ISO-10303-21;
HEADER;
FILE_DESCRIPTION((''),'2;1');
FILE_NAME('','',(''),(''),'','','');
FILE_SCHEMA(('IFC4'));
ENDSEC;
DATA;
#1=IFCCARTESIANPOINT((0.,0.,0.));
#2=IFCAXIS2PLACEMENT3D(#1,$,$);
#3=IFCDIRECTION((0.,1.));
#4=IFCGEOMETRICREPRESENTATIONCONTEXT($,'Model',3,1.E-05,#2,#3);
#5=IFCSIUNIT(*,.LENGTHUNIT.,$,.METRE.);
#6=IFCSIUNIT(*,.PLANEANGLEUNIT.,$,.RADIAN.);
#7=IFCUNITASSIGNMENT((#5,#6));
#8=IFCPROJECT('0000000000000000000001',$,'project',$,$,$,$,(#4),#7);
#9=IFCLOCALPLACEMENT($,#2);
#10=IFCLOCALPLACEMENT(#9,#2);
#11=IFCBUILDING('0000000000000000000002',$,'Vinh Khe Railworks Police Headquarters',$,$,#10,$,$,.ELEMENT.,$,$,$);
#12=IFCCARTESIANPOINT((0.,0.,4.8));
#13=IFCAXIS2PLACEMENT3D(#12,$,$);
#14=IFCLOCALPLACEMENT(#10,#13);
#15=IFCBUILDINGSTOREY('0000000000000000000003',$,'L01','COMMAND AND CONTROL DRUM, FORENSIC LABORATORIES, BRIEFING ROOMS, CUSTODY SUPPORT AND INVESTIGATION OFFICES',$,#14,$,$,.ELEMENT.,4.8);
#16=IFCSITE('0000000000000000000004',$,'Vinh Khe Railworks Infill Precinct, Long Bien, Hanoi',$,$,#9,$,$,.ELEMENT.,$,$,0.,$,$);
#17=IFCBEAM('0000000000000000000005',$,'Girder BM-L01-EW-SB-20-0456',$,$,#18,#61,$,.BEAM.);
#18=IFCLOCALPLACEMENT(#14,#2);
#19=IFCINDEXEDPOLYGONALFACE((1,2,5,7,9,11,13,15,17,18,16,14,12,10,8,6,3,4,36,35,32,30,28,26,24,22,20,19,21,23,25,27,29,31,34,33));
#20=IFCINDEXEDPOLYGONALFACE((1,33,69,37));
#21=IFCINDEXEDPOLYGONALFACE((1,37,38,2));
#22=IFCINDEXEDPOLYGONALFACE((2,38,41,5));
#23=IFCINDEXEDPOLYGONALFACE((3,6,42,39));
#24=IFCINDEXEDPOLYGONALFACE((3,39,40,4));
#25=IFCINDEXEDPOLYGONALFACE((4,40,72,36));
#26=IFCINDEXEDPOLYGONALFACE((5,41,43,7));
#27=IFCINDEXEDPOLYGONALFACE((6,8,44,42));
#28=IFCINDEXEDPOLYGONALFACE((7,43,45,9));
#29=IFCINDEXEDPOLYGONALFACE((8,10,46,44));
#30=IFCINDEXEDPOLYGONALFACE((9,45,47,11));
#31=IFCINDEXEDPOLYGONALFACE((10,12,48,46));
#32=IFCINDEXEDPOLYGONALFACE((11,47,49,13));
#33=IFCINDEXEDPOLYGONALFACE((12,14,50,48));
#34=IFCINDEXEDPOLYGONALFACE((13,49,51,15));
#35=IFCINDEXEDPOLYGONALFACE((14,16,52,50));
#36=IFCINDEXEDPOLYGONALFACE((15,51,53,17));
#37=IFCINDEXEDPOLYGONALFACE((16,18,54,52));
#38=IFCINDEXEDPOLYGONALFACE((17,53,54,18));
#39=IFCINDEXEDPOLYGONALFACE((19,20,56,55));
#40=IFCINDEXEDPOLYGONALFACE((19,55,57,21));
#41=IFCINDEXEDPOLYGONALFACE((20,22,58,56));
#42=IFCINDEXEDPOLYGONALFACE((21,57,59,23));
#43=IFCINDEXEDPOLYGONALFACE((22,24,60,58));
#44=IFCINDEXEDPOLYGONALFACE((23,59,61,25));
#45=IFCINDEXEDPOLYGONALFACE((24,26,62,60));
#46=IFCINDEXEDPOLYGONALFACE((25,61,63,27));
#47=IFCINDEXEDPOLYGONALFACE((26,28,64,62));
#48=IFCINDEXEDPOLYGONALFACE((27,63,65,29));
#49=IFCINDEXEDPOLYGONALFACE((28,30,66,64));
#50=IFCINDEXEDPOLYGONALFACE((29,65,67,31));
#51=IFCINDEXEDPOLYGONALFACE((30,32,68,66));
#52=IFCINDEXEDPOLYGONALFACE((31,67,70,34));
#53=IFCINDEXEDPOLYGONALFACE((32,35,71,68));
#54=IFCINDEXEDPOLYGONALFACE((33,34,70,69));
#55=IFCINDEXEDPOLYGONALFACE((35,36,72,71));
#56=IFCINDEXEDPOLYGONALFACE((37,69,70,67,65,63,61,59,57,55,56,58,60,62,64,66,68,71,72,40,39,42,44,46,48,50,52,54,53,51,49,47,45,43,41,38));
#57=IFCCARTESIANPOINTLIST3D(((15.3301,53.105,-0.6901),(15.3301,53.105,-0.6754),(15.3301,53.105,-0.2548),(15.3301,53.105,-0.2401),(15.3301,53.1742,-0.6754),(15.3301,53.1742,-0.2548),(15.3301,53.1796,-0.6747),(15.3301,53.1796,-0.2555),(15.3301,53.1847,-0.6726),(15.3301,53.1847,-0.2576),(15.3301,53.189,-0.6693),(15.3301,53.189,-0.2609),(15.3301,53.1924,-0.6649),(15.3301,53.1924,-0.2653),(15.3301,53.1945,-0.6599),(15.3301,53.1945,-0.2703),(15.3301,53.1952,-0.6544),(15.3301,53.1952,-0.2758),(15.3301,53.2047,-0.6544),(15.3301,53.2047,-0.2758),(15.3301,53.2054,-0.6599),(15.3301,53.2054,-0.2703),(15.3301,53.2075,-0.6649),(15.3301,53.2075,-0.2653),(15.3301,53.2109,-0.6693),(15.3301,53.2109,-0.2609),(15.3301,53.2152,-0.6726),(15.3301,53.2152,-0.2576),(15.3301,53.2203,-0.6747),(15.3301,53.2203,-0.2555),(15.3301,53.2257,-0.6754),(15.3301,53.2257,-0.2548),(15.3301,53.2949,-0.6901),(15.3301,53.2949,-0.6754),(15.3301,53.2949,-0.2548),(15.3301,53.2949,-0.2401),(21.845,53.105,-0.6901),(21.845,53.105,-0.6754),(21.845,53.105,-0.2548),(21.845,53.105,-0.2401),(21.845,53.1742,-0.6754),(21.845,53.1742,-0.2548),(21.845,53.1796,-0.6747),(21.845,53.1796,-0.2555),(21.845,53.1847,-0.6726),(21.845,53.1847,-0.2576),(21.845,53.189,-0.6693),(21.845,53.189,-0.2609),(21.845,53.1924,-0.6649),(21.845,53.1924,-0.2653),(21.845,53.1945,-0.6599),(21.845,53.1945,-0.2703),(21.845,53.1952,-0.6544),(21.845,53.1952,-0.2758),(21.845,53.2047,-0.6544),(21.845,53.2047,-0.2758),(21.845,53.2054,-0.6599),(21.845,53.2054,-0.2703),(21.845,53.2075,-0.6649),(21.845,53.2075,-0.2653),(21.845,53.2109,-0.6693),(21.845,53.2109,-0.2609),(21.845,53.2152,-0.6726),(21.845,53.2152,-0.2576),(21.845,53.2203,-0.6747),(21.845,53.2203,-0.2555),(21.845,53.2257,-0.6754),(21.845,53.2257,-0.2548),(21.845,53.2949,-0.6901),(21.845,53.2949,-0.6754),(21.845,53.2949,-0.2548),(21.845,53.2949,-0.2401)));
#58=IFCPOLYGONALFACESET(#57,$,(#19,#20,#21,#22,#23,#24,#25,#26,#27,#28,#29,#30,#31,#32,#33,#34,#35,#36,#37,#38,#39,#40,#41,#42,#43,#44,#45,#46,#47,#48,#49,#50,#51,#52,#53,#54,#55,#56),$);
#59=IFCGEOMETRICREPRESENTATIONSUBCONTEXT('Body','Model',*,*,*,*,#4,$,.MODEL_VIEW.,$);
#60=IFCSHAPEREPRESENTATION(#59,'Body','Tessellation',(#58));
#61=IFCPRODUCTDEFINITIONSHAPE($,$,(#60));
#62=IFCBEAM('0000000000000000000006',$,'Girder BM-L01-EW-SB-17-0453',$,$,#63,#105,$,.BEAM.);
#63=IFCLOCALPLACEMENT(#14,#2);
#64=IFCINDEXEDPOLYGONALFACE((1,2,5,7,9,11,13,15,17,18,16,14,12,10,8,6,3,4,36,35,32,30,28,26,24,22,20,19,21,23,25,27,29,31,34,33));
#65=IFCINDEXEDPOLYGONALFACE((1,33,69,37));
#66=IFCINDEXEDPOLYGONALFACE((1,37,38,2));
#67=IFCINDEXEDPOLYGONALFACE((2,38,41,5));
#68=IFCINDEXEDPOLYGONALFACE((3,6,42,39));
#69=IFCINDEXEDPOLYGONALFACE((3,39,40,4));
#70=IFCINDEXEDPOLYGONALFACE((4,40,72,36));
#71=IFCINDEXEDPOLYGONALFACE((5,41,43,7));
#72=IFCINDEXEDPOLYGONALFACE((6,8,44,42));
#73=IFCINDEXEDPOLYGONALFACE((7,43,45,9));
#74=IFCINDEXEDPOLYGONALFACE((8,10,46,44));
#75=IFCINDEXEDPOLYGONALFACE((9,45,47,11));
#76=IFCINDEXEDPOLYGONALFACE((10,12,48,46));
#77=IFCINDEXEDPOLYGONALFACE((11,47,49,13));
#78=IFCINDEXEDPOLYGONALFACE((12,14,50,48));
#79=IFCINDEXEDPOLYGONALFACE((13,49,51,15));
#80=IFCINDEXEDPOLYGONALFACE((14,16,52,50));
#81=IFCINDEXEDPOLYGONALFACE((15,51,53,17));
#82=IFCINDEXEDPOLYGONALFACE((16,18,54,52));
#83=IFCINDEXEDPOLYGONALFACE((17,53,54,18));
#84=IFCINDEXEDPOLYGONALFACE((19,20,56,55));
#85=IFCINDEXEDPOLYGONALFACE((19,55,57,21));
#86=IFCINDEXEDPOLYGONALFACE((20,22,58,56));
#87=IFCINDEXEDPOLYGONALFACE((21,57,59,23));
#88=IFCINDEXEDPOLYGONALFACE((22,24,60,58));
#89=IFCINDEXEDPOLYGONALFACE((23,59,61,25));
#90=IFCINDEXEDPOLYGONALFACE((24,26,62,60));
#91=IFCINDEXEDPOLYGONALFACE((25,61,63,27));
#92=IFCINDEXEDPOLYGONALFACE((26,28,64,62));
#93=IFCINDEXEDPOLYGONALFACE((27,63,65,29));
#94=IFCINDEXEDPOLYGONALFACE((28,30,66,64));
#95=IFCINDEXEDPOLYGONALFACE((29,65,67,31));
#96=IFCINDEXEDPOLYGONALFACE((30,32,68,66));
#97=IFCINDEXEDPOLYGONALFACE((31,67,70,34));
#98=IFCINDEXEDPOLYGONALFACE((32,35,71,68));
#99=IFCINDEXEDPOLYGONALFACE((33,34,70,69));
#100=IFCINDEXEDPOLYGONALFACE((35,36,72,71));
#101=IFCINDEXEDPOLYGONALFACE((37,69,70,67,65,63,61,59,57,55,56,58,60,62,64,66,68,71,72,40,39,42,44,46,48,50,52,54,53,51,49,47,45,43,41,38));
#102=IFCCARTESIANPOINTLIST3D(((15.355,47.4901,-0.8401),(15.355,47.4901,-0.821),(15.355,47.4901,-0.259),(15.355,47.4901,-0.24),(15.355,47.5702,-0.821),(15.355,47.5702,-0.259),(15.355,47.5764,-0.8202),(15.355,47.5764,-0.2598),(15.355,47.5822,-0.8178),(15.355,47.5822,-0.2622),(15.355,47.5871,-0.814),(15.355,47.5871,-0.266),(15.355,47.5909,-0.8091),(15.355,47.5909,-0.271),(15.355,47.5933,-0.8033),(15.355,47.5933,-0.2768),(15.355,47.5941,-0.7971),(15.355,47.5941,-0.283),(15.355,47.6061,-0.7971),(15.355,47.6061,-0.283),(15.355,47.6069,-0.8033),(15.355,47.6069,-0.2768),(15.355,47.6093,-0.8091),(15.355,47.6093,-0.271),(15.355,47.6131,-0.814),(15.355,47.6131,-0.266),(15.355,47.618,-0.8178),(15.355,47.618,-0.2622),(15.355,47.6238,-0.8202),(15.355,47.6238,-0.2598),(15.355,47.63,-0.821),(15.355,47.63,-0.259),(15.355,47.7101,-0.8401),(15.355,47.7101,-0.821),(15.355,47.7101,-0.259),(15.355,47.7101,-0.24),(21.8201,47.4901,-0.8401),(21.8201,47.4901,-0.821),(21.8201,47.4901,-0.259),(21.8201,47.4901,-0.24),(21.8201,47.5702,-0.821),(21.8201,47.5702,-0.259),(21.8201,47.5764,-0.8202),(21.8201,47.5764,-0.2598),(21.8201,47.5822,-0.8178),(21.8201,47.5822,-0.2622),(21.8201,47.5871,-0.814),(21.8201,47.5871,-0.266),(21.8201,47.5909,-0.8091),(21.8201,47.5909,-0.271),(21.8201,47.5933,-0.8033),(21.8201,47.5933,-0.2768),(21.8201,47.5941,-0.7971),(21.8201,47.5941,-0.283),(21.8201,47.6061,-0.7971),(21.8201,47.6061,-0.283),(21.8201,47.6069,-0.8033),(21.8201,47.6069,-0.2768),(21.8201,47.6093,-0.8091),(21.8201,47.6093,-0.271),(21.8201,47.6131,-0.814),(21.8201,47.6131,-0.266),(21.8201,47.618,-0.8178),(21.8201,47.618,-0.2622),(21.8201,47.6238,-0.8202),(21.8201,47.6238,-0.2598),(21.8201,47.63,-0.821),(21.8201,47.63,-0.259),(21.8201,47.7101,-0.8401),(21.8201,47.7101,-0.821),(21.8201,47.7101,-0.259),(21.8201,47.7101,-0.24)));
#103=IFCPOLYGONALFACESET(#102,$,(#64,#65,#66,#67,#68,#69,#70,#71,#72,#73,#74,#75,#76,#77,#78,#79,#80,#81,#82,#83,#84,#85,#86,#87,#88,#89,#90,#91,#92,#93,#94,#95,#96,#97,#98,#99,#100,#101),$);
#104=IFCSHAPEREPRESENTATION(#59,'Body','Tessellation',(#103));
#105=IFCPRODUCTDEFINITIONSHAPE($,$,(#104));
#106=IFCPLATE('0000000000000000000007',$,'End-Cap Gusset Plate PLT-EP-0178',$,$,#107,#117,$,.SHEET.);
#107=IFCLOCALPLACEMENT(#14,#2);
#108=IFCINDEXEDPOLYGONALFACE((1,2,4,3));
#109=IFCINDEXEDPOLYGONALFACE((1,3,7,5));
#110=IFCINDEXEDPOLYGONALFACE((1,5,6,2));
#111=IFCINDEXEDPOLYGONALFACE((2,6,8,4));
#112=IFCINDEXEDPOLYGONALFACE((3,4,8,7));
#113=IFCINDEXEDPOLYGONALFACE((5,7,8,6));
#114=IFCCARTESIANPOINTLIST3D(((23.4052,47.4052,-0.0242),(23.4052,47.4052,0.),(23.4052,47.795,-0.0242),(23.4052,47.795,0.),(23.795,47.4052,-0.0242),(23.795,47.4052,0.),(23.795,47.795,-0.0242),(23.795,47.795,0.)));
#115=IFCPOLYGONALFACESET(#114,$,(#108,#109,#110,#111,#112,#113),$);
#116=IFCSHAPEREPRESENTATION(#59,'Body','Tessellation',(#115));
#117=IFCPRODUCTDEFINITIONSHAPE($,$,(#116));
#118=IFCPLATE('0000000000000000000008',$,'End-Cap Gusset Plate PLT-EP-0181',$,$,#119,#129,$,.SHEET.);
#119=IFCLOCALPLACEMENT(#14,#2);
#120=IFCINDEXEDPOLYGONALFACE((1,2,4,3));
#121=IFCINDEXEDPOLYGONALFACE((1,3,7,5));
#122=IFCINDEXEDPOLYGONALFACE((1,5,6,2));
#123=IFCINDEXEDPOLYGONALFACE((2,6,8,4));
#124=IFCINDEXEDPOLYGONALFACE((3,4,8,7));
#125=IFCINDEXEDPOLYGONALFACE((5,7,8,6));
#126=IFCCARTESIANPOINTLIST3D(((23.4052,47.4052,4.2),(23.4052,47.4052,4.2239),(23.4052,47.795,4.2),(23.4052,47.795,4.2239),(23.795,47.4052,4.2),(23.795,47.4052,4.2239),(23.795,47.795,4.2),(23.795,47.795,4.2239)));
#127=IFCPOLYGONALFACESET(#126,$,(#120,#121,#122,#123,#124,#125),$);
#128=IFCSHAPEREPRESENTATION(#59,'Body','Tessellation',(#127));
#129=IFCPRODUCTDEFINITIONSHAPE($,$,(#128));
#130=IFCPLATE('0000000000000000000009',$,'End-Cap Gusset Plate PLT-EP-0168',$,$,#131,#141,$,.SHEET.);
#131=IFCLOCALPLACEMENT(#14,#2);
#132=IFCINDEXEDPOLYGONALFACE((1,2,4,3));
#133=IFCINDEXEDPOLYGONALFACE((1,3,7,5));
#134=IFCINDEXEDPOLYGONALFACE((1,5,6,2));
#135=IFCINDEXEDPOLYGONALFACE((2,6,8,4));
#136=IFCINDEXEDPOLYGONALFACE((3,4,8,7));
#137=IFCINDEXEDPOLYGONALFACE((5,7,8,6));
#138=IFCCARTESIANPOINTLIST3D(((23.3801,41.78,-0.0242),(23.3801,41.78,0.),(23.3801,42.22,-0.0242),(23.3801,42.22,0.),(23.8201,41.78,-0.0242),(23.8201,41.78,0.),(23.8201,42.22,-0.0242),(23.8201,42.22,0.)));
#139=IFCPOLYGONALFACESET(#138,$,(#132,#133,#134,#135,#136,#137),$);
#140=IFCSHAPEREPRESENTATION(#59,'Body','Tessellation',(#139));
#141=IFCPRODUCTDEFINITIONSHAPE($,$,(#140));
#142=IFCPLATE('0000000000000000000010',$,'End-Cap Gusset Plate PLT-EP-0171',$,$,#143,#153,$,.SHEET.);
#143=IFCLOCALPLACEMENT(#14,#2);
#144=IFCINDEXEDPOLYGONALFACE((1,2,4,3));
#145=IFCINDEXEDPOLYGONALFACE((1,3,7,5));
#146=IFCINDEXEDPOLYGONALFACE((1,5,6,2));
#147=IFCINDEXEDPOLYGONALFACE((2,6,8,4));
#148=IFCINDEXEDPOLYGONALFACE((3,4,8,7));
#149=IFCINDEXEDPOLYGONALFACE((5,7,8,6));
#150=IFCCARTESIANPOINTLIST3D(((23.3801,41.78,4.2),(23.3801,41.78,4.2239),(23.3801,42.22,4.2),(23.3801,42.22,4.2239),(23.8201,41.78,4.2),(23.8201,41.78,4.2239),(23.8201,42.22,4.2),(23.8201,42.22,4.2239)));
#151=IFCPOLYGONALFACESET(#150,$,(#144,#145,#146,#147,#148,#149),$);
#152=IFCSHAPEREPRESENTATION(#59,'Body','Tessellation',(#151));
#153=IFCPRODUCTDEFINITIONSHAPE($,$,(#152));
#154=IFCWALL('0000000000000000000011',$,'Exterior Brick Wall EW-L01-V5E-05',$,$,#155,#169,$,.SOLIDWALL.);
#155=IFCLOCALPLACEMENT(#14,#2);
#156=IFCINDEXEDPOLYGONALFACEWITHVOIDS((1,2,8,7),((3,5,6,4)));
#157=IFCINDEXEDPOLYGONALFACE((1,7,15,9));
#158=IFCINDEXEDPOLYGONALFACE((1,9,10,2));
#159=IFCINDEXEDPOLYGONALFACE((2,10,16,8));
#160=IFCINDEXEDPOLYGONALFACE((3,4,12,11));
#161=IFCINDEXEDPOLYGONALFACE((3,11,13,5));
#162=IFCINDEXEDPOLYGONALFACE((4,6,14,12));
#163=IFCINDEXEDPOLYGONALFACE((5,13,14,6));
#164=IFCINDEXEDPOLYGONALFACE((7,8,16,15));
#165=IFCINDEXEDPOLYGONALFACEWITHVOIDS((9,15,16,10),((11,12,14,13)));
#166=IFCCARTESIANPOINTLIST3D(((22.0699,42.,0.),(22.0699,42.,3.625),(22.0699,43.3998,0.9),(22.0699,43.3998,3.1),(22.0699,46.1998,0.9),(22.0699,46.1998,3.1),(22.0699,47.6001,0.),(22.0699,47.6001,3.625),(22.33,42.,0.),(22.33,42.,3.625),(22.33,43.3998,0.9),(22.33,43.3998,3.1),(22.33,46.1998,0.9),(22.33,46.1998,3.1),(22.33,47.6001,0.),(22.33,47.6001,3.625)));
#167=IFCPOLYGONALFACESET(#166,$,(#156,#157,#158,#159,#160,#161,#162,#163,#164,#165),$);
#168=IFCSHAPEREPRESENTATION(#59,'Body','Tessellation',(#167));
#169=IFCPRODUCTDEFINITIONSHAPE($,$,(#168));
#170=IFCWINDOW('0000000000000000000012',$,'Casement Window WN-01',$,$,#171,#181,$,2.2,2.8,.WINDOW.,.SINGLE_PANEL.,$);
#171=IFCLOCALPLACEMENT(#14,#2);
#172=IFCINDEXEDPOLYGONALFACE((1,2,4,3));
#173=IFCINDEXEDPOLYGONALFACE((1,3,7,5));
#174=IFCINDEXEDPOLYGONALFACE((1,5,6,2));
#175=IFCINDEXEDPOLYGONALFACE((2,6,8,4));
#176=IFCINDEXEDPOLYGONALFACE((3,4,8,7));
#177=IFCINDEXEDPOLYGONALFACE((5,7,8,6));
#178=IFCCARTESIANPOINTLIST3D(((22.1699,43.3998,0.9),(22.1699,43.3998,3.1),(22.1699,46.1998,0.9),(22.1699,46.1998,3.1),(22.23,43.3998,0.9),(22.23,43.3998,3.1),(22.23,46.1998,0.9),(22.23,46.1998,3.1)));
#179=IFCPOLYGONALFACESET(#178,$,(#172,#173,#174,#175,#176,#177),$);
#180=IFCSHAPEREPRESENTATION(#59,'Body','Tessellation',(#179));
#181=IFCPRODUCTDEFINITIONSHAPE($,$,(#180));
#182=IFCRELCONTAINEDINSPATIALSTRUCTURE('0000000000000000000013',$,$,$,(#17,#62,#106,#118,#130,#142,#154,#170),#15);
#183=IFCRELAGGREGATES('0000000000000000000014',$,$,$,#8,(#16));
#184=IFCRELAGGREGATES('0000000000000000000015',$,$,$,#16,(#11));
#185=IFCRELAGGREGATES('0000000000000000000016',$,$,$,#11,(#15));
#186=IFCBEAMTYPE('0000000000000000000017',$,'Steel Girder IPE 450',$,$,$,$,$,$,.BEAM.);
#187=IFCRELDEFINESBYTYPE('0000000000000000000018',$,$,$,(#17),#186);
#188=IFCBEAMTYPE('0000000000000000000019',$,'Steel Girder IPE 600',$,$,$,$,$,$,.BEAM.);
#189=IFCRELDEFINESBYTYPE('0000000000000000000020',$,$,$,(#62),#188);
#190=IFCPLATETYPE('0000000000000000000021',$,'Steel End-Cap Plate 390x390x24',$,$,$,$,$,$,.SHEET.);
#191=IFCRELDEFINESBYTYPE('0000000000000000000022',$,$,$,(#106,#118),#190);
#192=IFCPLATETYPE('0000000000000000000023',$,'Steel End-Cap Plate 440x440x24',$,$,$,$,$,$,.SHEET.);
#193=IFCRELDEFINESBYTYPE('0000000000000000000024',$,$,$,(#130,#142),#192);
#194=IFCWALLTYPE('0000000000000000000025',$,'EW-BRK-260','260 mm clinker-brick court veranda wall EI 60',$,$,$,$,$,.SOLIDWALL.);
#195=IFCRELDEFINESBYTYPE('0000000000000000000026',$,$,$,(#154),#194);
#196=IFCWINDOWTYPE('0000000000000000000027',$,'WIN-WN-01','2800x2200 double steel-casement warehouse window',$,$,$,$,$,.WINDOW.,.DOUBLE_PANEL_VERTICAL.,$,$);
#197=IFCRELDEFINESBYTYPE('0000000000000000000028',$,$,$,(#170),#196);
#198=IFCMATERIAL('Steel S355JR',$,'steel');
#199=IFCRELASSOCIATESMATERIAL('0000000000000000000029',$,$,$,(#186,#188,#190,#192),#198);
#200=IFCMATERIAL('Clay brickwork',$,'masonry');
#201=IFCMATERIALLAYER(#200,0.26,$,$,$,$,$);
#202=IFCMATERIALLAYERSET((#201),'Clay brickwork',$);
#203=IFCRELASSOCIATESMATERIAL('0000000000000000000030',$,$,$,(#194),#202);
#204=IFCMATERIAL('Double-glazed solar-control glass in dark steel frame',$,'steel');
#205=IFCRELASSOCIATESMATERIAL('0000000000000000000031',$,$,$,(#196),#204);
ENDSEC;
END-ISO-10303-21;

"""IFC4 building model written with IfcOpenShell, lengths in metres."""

from ifc_helpers import new_model, si_unit, direction, frame, frame_2d, origin, origin_2d, place, context, subcontext, project, spatial, rectangle, i_section, extrude, material, layer, layer_set, material_profile, profile_set, type_object, element, fill, save


model = new_model("IFC4")

# Units and contexts
model_context = context("Model", 3, precision=1e-05, world=origin(), true_north=direction((0.0, 1.0)))
body_context = subcontext(model_context, "Body", "Model", "MODEL_VIEW")
ifc_project = project(units=[si_unit("LENGTHUNIT", "METRE"), si_unit("PLANEANGLEUNIT", "RADIAN")], contexts=[model_context])

# Site, building, storey
site_placement = place(None, origin())
site = spatial("IfcSite", under=ifc_project, at=site_placement, Name="Vinh Khe Railworks Infill Precinct, Long Bien, Hanoi", CompositionType="ELEMENT", RefElevation=0.0)
building_placement = place(site_placement, origin())
building = spatial("IfcBuilding", under=site, at=building_placement, Name="Vinh Khe Railworks Police Headquarters", CompositionType="ELEMENT")
storey_placement = place(building_placement, frame((0.0, 0.0, 4.8)))
storey = spatial("IfcBuildingStorey", under=building, at=storey_placement, Name="L01", Description="COMMAND AND CONTROL DRUM, FORENSIC LABORATORIES, BRIEFING ROOMS, CUSTODY SUPPORT AND INVESTIGATION OFFICES", CompositionType="ELEMENT", Elevation=4.8)

# Shared definitions
ifc_material_1 = material(Name="Steel S355JR", Category="steel")

# Beams
ifc_material_profile_1 = material_profile(ifc_material_1, i_section(OverallWidth=0.1899, OverallDepth=0.45, WebThickness=0.0095, FlangeThickness=0.0146, FilletRadius=0.021, at=origin_2d()), Name="IPE 450")
ifc_profile_set_1 = profile_set([ifc_material_profile_1], Name="Steel S355JR")
beam_type_1 = type_object("IfcBeamType", Name="Steel Girder IPE 450", PredefinedType="BEAM", material=ifc_profile_set_1)
beam_1_placement = place(storey_placement, frame((15.3301, 53.2, -0.4651), z_axis=(1.0, 0.0, 0.0), x_axis=(0.0, 1.0, 0.0)))
element("IfcBeam", 1, at=beam_1_placement, inside=storey, type_object=beam_type_1, Name="Girder BM-L01-EW-SB-20-0456", PredefinedType="BEAM", context=body_context, shape_type="SweptSolid", body=[
    extrude(i_section(OverallWidth=0.1899, OverallDepth=0.45, WebThickness=0.0095, FlangeThickness=0.0146, FilletRadius=0.021, at=origin_2d()), origin(), (0.0, 0.0, 1.0), 6.5149),
])
ifc_material_profile_2 = material_profile(ifc_material_1, i_section(OverallWidth=0.22, OverallDepth=0.6001, WebThickness=0.012, FlangeThickness=0.019, FilletRadius=0.0239, at=origin_2d()), Name="IPE 600")
ifc_profile_set_2 = profile_set([ifc_material_profile_2], Name="Steel S355JR")
beam_type_2 = type_object("IfcBeamType", Name="Steel Girder IPE 600", PredefinedType="BEAM", material=ifc_profile_set_2)
beam_2_placement = place(storey_placement, frame((15.355, 47.6001, -0.54), z_axis=(1.0, 0.0, 0.0), x_axis=(0.0, 1.0, 0.0)))
element("IfcBeam", 2, at=beam_2_placement, inside=storey, type_object=beam_type_2, Name="Girder BM-L01-EW-SB-17-0453", PredefinedType="BEAM", context=body_context, shape_type="SweptSolid", body=[
    extrude(i_section(OverallWidth=0.22, OverallDepth=0.6001, WebThickness=0.012, FlangeThickness=0.019, FilletRadius=0.0239, at=origin_2d()), origin(), (0.0, 0.0, 1.0), 6.4651),
])

# Plates
ifc_material_profile_3 = material_profile(ifc_material_1, rectangle(XDim=0.3899, YDim=0.3899, at=origin_2d()), Name="PL 390x390")
ifc_profile_set_3 = profile_set([ifc_material_profile_3], Name="Steel S355JR")
plate_type_1 = type_object("IfcPlateType", Name="Steel End-Cap Plate 390x390x24", PredefinedType="SHEET", material=ifc_profile_set_3)
plate_1_placement = place(storey_placement, frame((23.6001, 47.6001, 0.0), z_axis=(0.0, 0.0, -1.0), x_axis=(1.0, 0.0, 0.0)))
element("IfcPlate", 3, at=plate_1_placement, inside=storey, type_object=plate_type_1, Name="End-Cap Gusset Plate PLT-EP-0178", PredefinedType="SHEET", context=body_context, shape_type="SweptSolid", body=[
    extrude(rectangle(XDim=0.3899, YDim=0.3899, at=origin_2d()), origin(), (0.0, 0.0, 1.0), 0.0242),
])
plate_2_placement = place(storey_placement, frame((23.6001, 47.6001, 4.2), z_axis=(0.0, 0.0, 1.0), x_axis=(1.0, 0.0, 0.0)))
element("IfcPlate", 4, at=plate_2_placement, inside=storey, type_object=plate_type_1, Name="End-Cap Gusset Plate PLT-EP-0181", PredefinedType="SHEET", context=body_context, shape_type="SweptSolid", body=[
    extrude(rectangle(XDim=0.3899, YDim=0.3899, at=origin_2d()), origin(), (0.0, 0.0, 1.0), 0.0239),
])
ifc_material_profile_4 = material_profile(ifc_material_1, rectangle(XDim=0.4399, YDim=0.4399, at=origin_2d()), Name="PL 440x440")
ifc_profile_set_4 = profile_set([ifc_material_profile_4], Name="Steel S355JR")
plate_type_2 = type_object("IfcPlateType", Name="Steel End-Cap Plate 440x440x24", PredefinedType="SHEET", material=ifc_profile_set_4)
plate_3_placement = place(storey_placement, frame((23.6001, 42.0, 0.0), z_axis=(0.0, 0.0, -1.0), x_axis=(1.0, 0.0, 0.0)))
element("IfcPlate", 5, at=plate_3_placement, inside=storey, type_object=plate_type_2, Name="End-Cap Gusset Plate PLT-EP-0168", PredefinedType="SHEET", context=body_context, shape_type="SweptSolid", body=[
    extrude(rectangle(XDim=0.4399, YDim=0.4399, at=origin_2d()), origin(), (0.0, 0.0, 1.0), 0.0242),
])
plate_4_placement = place(storey_placement, frame((23.6001, 42.0, 4.2), z_axis=(0.0, 0.0, 1.0), x_axis=(1.0, 0.0, 0.0)))
element("IfcPlate", 6, at=plate_4_placement, inside=storey, type_object=plate_type_2, Name="End-Cap Gusset Plate PLT-EP-0171", PredefinedType="SHEET", context=body_context, shape_type="SweptSolid", body=[
    extrude(rectangle(XDim=0.4399, YDim=0.4399, at=origin_2d()), origin(), (0.0, 0.0, 1.0), 0.0239),
])

# Wall, opening, window
ifc_material_2 = material(Name="Clay brickwork", Category="masonry")
ifc_layer = layer(ifc_material_2, 0.26)
ifc_layer_set = layer_set([ifc_layer], Name="Clay brickwork")
wall_type = type_object("IfcWallType", Name="EW-BRK-260", Description="260 mm clinker-brick court veranda wall EI 60", PredefinedType="SOLIDWALL", material=ifc_layer_set)
wall_1_placement = place(storey_placement, frame((22.2, 42.0, 0.0), z_axis=(0.0, 0.0, 1.0), x_axis=(0.0, 1.0, 0.0)))
wall_1 = element("IfcWall", 7, at=wall_1_placement, inside=storey, type_object=wall_type, Name="Exterior Brick Wall EW-L01-V5E-05", PredefinedType="SOLIDWALL", context=body_context, shape_type="SweptSolid", body=[
    extrude(rectangle(XDim=5.6001, YDim=0.26, at=frame_2d((2.8, 0.0))), origin(), (0.0, 0.0, 1.0), 3.625),
])
opening_1_placement = place(wall_1_placement, frame((1.3999, 0.0, 0.8999)))
opening_1 = element("IfcOpeningElement", 8, at=opening_1_placement, cuts=wall_1, PredefinedType="OPENING", context=body_context, shape_type="SweptSolid", body=[
    extrude(rectangle(XDim=2.8, YDim=2.2, at=frame_2d((1.3999, 1.1001))), frame((0.0, 0.145, 0.0), z_axis=(0.0, -1.0, 0.0), x_axis=(1.0, 0.0, 0.0)), (0.0, 0.0, 1.0), 0.2898),
])
ifc_material_3 = material(Name="Double-glazed solar-control glass in dark steel frame", Category="steel")
window_type = type_object("IfcWindowType", Name="WIN-WN-01", Description="2800x2200 double steel-casement warehouse window", PartitioningType="DOUBLE_PANEL_VERTICAL", PredefinedType="WINDOW", material=ifc_material_3)
window_1_placement = place(opening_1_placement, origin())
window_1 = element("IfcWindow", 9, at=window_1_placement, inside=storey, type_object=window_type, Name="Casement Window WN-01", OverallHeight=2.2, OverallWidth=2.8, PartitioningType="SINGLE_PANEL", PredefinedType="WINDOW", context=body_context, shape_type="SweptSolid", body=[
    extrude(rectangle(XDim=2.8, YDim=2.2, at=frame_2d((1.3999, 1.1001))), frame((0.0, 0.03, 0.0), z_axis=(0.0, -1.0, 0.0), x_axis=(1.0, 0.0, 0.0)), (0.0, 0.0, 1.0), 0.0601),
])
fill(opening_1, window_1)

save(model, "model.ifc")
